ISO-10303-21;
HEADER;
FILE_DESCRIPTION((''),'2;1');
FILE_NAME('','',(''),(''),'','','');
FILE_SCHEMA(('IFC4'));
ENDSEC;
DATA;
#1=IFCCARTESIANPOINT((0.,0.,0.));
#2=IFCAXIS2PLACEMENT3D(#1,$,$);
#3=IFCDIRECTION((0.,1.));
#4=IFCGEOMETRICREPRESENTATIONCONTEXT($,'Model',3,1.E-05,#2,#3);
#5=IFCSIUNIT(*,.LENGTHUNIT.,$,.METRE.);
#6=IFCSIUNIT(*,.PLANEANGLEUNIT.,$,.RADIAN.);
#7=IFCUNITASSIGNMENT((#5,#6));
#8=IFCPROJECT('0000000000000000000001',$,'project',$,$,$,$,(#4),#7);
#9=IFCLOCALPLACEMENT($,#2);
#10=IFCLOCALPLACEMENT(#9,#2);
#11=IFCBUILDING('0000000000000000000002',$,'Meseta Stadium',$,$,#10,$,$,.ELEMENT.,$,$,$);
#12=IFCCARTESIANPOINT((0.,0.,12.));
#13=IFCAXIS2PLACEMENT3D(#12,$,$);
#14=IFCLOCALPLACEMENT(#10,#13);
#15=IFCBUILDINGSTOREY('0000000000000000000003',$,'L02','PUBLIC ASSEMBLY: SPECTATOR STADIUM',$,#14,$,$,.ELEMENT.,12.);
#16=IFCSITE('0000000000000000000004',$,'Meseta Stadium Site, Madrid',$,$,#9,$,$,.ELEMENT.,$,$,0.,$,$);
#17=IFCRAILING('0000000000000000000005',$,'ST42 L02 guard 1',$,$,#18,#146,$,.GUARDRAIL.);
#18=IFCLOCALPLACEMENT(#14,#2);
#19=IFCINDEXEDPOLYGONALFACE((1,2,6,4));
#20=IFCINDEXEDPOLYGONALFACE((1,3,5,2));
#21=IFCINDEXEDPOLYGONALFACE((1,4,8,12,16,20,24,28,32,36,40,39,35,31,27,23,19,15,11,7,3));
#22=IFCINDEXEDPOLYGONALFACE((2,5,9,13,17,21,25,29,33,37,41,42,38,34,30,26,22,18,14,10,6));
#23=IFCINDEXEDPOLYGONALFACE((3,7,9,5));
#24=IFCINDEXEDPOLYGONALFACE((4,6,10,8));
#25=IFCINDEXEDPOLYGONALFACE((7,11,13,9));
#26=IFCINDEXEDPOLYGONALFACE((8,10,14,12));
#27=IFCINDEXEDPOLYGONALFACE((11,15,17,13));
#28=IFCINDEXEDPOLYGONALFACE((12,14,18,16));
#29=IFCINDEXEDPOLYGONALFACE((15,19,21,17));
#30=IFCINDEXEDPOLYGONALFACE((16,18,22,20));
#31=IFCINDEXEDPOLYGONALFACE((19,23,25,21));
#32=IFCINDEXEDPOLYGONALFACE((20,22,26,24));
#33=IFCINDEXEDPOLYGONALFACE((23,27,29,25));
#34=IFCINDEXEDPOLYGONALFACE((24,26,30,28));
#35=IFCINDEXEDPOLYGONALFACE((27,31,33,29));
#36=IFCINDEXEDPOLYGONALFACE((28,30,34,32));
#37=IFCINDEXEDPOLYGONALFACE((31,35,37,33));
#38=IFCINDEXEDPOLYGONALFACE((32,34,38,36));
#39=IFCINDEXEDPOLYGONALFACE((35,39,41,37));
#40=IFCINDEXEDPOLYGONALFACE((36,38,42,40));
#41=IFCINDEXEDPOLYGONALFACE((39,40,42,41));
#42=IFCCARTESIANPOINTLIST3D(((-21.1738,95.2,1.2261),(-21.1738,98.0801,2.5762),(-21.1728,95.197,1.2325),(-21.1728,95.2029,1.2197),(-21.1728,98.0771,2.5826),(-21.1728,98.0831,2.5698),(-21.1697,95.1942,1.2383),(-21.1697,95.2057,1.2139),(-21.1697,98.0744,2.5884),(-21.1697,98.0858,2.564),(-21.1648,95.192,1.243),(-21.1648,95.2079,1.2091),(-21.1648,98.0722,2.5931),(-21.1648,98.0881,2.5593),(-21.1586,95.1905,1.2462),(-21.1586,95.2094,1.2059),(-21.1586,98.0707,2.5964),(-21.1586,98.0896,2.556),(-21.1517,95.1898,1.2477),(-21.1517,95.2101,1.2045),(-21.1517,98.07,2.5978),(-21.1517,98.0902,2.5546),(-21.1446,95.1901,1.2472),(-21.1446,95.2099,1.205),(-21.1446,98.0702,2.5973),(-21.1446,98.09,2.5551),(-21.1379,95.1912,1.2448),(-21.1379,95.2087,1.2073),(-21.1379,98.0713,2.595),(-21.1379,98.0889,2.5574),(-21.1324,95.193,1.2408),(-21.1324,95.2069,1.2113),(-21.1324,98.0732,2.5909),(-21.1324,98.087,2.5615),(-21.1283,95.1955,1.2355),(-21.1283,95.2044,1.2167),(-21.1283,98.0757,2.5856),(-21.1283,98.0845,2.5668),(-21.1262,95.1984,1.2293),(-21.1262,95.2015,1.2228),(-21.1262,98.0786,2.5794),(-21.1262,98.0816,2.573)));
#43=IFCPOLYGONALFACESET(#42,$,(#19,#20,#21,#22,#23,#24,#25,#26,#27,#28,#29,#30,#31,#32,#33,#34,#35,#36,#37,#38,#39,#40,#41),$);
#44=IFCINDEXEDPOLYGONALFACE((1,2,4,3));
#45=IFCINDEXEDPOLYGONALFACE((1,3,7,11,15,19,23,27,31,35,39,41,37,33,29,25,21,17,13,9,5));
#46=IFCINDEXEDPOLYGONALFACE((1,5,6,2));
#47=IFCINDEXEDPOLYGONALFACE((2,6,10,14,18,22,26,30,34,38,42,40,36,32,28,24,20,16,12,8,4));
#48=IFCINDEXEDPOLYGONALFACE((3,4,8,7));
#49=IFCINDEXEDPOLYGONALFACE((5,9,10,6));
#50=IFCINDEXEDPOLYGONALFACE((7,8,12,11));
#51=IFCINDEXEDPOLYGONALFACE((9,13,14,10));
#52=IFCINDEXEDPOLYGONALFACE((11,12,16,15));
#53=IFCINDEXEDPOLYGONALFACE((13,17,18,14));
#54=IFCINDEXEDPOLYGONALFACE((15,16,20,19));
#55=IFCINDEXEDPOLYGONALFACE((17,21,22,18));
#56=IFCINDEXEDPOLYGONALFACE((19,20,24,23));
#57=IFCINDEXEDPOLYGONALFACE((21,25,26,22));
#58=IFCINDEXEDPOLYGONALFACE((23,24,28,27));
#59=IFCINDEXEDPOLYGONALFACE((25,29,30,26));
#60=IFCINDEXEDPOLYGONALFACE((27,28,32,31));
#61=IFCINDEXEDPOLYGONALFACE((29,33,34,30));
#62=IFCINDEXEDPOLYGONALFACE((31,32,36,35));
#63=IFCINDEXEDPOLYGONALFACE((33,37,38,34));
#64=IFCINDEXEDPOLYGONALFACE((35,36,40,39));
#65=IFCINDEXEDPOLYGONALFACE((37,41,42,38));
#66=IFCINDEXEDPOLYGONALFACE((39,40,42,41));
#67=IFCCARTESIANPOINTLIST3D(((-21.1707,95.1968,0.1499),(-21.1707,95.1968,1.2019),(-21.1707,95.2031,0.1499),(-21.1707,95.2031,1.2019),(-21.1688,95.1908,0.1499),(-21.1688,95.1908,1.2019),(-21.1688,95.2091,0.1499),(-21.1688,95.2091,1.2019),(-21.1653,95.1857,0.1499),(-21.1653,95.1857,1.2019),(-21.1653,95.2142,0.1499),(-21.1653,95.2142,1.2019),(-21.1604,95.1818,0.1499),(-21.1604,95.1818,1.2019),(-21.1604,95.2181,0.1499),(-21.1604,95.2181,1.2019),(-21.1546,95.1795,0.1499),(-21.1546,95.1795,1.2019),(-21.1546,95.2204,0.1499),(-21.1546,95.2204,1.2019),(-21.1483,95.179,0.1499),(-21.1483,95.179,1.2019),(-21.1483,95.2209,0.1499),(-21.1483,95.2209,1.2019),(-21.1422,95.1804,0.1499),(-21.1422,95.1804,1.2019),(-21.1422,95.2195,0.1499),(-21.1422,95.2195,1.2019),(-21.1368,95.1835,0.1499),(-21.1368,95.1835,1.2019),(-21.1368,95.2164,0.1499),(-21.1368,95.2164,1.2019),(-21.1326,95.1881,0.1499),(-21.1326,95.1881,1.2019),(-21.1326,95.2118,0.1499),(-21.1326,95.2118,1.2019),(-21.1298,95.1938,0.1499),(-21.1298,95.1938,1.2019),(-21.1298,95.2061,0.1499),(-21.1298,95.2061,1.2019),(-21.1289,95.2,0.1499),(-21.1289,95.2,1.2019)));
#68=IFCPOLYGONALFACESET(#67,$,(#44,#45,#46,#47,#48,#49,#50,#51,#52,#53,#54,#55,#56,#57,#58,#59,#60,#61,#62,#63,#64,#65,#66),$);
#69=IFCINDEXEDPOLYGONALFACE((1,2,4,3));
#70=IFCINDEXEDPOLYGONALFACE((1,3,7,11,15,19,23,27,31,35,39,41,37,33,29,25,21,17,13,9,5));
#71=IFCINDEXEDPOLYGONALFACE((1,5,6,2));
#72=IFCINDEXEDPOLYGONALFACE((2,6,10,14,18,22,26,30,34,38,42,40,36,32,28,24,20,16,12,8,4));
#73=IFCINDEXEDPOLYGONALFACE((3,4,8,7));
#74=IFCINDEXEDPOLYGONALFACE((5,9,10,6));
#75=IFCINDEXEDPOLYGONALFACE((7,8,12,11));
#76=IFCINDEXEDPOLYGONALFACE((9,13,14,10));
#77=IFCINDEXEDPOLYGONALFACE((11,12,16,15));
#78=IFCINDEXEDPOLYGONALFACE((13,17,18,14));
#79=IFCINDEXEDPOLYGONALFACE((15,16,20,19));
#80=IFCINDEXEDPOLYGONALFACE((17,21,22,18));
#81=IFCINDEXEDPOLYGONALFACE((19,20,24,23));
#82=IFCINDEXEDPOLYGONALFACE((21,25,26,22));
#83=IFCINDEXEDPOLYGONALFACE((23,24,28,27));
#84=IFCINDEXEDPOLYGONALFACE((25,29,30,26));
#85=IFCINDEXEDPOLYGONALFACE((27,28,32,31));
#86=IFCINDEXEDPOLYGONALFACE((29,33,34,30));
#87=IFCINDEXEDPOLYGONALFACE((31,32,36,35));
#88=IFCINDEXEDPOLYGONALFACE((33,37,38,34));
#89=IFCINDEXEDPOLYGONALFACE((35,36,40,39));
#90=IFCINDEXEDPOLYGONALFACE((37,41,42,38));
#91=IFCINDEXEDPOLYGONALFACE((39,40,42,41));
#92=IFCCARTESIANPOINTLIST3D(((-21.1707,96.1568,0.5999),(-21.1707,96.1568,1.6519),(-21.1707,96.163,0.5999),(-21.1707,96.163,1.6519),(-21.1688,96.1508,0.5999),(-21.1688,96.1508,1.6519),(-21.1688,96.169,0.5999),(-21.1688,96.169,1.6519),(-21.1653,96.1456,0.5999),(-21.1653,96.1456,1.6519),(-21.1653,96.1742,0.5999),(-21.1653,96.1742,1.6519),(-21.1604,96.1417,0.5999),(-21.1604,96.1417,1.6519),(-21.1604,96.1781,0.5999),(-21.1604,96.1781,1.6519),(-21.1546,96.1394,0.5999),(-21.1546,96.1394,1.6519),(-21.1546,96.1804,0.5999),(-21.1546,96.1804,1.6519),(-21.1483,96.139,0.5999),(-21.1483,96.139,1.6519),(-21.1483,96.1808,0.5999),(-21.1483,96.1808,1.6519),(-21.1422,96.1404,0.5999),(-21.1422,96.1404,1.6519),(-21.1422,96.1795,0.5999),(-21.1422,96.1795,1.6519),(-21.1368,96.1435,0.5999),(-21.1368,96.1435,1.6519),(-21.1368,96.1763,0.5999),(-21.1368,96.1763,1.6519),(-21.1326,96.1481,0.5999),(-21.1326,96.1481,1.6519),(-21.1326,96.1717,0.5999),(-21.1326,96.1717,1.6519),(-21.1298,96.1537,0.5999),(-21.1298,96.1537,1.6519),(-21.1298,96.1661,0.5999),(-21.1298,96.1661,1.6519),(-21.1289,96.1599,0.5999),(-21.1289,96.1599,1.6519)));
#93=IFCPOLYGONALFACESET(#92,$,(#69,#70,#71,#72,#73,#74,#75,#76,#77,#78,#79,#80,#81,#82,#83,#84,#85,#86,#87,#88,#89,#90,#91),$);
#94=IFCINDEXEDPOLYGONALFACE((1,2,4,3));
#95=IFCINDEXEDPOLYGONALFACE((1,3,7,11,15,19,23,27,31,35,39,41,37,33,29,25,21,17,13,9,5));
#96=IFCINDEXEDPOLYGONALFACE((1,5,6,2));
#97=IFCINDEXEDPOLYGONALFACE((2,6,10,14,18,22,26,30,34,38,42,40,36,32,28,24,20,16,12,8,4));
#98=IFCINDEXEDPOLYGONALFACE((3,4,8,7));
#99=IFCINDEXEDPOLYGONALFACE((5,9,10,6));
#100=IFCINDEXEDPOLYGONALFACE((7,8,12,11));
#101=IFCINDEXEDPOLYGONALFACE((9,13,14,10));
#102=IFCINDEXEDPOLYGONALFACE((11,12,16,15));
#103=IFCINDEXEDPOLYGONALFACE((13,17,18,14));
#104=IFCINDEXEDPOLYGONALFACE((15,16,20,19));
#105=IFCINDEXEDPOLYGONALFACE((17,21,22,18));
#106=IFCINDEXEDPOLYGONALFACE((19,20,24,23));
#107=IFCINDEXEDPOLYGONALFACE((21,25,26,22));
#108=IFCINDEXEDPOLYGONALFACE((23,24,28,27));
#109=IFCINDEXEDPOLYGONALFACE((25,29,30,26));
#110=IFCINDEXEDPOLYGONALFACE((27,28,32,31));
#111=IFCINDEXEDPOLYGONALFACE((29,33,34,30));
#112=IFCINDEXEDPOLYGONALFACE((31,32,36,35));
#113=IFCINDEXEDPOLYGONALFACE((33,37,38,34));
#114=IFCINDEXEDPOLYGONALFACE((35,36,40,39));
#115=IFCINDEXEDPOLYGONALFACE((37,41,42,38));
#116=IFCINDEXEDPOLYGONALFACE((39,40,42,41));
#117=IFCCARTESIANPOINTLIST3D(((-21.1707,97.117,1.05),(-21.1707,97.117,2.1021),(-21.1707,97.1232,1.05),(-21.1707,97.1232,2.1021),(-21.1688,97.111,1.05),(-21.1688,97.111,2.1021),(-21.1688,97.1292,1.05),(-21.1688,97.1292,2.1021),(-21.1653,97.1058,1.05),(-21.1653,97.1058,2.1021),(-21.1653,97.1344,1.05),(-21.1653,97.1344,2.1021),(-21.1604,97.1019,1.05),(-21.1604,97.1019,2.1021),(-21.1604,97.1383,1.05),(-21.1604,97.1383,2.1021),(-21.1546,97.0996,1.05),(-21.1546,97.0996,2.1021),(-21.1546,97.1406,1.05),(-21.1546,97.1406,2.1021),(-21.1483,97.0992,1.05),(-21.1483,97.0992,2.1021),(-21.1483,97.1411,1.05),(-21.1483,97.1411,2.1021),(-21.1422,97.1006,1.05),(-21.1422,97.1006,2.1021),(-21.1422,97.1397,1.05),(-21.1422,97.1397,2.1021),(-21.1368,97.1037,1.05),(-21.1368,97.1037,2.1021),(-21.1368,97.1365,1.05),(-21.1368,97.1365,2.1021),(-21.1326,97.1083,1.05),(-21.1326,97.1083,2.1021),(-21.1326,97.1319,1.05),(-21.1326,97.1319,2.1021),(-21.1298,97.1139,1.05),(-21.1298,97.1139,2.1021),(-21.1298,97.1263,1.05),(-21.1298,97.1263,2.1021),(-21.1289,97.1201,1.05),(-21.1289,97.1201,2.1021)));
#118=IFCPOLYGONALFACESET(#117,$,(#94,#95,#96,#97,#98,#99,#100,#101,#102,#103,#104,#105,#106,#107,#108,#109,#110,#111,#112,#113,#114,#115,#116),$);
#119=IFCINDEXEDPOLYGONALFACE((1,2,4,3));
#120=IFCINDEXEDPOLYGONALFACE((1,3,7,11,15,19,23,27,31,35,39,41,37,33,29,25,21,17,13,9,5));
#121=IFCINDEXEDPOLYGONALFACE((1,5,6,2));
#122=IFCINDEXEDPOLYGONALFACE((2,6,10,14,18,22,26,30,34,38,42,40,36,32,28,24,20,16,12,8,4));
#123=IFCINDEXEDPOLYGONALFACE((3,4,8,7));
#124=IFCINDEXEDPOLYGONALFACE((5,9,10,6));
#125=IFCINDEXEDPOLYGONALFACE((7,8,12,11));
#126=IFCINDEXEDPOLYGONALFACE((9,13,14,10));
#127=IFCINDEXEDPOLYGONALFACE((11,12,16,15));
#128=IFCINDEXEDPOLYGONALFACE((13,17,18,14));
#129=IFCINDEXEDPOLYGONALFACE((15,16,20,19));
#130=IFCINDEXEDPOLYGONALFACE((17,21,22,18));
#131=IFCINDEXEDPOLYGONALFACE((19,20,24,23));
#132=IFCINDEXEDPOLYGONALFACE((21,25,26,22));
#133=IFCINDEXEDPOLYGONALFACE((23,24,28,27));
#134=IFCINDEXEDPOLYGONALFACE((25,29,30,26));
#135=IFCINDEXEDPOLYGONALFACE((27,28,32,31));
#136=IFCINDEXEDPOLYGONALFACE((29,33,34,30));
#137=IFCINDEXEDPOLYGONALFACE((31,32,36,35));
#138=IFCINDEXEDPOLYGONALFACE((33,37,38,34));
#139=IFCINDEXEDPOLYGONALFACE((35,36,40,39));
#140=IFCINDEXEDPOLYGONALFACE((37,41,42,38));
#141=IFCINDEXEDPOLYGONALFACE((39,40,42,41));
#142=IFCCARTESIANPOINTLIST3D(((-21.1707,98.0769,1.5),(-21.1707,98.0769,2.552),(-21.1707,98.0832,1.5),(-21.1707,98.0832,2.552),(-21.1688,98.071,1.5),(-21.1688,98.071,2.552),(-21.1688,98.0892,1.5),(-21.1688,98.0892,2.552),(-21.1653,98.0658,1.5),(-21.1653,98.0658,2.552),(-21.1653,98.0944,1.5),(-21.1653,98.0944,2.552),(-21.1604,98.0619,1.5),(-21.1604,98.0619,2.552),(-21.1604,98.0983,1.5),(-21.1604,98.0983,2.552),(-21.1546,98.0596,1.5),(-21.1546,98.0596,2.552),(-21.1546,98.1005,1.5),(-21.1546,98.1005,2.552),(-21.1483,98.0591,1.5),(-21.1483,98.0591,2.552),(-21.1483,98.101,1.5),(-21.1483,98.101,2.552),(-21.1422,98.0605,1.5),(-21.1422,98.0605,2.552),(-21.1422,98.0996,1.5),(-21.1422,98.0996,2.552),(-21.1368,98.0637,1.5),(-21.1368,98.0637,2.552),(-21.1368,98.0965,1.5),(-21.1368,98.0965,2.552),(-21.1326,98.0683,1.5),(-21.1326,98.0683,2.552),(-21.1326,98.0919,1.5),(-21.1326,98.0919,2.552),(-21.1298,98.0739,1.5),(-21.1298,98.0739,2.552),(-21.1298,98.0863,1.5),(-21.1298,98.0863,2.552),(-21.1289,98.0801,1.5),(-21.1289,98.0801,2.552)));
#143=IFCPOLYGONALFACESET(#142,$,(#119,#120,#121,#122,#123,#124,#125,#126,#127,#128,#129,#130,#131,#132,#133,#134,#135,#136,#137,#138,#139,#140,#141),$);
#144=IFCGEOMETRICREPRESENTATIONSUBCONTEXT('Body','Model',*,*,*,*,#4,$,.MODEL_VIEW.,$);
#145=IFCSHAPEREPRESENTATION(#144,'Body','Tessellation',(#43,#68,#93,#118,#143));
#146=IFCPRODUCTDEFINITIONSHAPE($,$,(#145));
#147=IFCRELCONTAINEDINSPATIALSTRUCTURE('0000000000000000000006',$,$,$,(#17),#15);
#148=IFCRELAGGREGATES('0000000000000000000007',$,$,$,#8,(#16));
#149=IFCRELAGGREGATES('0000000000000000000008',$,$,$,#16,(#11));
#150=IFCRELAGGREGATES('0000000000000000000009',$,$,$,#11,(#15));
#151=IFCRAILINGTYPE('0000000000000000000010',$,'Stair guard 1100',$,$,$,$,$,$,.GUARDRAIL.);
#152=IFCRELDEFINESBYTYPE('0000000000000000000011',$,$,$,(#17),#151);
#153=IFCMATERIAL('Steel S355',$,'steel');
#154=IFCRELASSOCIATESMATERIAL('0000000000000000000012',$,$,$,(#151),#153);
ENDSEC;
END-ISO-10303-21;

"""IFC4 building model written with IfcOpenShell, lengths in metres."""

from ifc_helpers import new_model, si_unit, direction, frame, origin, origin_2d, place, context, subcontext, project, spatial, circle, extrude, material, type_object, element, save


model = new_model("IFC4")

# Units and contexts
model_context = context("Model", 3, precision=1e-05, world=origin(), true_north=direction((0.0, 1.0)))
body_context = subcontext(model_context, "Body", "Model", "MODEL_VIEW")
ifc_project = project(units=[si_unit("LENGTHUNIT", "METRE"), si_unit("PLANEANGLEUNIT", "RADIAN")], contexts=[model_context])

# Site, building, storey
site_placement = place(None, origin())
site = spatial("IfcSite", under=ifc_project, at=site_placement, Name="Meseta Stadium Site, Madrid", CompositionType="ELEMENT", RefElevation=0.0)
building_placement = place(site_placement, origin())
building = spatial("IfcBuilding", under=site, at=building_placement, Name="Meseta Stadium", CompositionType="ELEMENT")
storey_placement = place(building_placement, frame((0.0, 0.0, 12.0)))
storey = spatial("IfcBuildingStorey", under=building, at=storey_placement, Name="L02", Description="PUBLIC ASSEMBLY: SPECTATOR STADIUM", CompositionType="ELEMENT", Elevation=12.0)

# Railing
ifc_material_1 = material(Name="Steel S355", Category="steel")
railing_type_1 = type_object("IfcRailingType", Name="Stair guard 1100", PredefinedType="GUARDRAIL", material=ifc_material_1)
railing_1_placement = place(storey_placement, frame((-21.1499, 95.2, 0.1499)))
element("IfcRailing", 1, at=railing_1_placement, inside=storey, type_object=railing_type_1, Name="ST42 L02 guard 1", PredefinedType="GUARDRAIL", context=body_context, shape_type="SweptSolid", body=[
    extrude(circle(Radius=0.0239, at=origin_2d()), frame((0.0, 0.0, 1.0762), z_axis=(0.0, 0.905454, 0.424444), x_axis=(-1.0, 0.0, 0.0)), (0.0, 0.0, 1.0), 3.1809),
    extrude(circle(Radius=0.021, at=origin_2d()), origin(), (0.0, 0.0, 1.0), 1.052),
    extrude(circle(Radius=0.021, at=origin_2d()), frame((0.0, 0.96, 0.45)), (0.0, 0.0, 1.0), 1.052),
    extrude(circle(Radius=0.021, at=origin_2d()), frame((0.0, 1.9202, 0.9001)), (0.0, 0.0, 1.0), 1.052),
    extrude(circle(Radius=0.021, at=origin_2d()), frame((0.0, 2.8801, 1.3501)), (0.0, 0.0, 1.0), 1.052),
])

save(model, "model.ifc")
